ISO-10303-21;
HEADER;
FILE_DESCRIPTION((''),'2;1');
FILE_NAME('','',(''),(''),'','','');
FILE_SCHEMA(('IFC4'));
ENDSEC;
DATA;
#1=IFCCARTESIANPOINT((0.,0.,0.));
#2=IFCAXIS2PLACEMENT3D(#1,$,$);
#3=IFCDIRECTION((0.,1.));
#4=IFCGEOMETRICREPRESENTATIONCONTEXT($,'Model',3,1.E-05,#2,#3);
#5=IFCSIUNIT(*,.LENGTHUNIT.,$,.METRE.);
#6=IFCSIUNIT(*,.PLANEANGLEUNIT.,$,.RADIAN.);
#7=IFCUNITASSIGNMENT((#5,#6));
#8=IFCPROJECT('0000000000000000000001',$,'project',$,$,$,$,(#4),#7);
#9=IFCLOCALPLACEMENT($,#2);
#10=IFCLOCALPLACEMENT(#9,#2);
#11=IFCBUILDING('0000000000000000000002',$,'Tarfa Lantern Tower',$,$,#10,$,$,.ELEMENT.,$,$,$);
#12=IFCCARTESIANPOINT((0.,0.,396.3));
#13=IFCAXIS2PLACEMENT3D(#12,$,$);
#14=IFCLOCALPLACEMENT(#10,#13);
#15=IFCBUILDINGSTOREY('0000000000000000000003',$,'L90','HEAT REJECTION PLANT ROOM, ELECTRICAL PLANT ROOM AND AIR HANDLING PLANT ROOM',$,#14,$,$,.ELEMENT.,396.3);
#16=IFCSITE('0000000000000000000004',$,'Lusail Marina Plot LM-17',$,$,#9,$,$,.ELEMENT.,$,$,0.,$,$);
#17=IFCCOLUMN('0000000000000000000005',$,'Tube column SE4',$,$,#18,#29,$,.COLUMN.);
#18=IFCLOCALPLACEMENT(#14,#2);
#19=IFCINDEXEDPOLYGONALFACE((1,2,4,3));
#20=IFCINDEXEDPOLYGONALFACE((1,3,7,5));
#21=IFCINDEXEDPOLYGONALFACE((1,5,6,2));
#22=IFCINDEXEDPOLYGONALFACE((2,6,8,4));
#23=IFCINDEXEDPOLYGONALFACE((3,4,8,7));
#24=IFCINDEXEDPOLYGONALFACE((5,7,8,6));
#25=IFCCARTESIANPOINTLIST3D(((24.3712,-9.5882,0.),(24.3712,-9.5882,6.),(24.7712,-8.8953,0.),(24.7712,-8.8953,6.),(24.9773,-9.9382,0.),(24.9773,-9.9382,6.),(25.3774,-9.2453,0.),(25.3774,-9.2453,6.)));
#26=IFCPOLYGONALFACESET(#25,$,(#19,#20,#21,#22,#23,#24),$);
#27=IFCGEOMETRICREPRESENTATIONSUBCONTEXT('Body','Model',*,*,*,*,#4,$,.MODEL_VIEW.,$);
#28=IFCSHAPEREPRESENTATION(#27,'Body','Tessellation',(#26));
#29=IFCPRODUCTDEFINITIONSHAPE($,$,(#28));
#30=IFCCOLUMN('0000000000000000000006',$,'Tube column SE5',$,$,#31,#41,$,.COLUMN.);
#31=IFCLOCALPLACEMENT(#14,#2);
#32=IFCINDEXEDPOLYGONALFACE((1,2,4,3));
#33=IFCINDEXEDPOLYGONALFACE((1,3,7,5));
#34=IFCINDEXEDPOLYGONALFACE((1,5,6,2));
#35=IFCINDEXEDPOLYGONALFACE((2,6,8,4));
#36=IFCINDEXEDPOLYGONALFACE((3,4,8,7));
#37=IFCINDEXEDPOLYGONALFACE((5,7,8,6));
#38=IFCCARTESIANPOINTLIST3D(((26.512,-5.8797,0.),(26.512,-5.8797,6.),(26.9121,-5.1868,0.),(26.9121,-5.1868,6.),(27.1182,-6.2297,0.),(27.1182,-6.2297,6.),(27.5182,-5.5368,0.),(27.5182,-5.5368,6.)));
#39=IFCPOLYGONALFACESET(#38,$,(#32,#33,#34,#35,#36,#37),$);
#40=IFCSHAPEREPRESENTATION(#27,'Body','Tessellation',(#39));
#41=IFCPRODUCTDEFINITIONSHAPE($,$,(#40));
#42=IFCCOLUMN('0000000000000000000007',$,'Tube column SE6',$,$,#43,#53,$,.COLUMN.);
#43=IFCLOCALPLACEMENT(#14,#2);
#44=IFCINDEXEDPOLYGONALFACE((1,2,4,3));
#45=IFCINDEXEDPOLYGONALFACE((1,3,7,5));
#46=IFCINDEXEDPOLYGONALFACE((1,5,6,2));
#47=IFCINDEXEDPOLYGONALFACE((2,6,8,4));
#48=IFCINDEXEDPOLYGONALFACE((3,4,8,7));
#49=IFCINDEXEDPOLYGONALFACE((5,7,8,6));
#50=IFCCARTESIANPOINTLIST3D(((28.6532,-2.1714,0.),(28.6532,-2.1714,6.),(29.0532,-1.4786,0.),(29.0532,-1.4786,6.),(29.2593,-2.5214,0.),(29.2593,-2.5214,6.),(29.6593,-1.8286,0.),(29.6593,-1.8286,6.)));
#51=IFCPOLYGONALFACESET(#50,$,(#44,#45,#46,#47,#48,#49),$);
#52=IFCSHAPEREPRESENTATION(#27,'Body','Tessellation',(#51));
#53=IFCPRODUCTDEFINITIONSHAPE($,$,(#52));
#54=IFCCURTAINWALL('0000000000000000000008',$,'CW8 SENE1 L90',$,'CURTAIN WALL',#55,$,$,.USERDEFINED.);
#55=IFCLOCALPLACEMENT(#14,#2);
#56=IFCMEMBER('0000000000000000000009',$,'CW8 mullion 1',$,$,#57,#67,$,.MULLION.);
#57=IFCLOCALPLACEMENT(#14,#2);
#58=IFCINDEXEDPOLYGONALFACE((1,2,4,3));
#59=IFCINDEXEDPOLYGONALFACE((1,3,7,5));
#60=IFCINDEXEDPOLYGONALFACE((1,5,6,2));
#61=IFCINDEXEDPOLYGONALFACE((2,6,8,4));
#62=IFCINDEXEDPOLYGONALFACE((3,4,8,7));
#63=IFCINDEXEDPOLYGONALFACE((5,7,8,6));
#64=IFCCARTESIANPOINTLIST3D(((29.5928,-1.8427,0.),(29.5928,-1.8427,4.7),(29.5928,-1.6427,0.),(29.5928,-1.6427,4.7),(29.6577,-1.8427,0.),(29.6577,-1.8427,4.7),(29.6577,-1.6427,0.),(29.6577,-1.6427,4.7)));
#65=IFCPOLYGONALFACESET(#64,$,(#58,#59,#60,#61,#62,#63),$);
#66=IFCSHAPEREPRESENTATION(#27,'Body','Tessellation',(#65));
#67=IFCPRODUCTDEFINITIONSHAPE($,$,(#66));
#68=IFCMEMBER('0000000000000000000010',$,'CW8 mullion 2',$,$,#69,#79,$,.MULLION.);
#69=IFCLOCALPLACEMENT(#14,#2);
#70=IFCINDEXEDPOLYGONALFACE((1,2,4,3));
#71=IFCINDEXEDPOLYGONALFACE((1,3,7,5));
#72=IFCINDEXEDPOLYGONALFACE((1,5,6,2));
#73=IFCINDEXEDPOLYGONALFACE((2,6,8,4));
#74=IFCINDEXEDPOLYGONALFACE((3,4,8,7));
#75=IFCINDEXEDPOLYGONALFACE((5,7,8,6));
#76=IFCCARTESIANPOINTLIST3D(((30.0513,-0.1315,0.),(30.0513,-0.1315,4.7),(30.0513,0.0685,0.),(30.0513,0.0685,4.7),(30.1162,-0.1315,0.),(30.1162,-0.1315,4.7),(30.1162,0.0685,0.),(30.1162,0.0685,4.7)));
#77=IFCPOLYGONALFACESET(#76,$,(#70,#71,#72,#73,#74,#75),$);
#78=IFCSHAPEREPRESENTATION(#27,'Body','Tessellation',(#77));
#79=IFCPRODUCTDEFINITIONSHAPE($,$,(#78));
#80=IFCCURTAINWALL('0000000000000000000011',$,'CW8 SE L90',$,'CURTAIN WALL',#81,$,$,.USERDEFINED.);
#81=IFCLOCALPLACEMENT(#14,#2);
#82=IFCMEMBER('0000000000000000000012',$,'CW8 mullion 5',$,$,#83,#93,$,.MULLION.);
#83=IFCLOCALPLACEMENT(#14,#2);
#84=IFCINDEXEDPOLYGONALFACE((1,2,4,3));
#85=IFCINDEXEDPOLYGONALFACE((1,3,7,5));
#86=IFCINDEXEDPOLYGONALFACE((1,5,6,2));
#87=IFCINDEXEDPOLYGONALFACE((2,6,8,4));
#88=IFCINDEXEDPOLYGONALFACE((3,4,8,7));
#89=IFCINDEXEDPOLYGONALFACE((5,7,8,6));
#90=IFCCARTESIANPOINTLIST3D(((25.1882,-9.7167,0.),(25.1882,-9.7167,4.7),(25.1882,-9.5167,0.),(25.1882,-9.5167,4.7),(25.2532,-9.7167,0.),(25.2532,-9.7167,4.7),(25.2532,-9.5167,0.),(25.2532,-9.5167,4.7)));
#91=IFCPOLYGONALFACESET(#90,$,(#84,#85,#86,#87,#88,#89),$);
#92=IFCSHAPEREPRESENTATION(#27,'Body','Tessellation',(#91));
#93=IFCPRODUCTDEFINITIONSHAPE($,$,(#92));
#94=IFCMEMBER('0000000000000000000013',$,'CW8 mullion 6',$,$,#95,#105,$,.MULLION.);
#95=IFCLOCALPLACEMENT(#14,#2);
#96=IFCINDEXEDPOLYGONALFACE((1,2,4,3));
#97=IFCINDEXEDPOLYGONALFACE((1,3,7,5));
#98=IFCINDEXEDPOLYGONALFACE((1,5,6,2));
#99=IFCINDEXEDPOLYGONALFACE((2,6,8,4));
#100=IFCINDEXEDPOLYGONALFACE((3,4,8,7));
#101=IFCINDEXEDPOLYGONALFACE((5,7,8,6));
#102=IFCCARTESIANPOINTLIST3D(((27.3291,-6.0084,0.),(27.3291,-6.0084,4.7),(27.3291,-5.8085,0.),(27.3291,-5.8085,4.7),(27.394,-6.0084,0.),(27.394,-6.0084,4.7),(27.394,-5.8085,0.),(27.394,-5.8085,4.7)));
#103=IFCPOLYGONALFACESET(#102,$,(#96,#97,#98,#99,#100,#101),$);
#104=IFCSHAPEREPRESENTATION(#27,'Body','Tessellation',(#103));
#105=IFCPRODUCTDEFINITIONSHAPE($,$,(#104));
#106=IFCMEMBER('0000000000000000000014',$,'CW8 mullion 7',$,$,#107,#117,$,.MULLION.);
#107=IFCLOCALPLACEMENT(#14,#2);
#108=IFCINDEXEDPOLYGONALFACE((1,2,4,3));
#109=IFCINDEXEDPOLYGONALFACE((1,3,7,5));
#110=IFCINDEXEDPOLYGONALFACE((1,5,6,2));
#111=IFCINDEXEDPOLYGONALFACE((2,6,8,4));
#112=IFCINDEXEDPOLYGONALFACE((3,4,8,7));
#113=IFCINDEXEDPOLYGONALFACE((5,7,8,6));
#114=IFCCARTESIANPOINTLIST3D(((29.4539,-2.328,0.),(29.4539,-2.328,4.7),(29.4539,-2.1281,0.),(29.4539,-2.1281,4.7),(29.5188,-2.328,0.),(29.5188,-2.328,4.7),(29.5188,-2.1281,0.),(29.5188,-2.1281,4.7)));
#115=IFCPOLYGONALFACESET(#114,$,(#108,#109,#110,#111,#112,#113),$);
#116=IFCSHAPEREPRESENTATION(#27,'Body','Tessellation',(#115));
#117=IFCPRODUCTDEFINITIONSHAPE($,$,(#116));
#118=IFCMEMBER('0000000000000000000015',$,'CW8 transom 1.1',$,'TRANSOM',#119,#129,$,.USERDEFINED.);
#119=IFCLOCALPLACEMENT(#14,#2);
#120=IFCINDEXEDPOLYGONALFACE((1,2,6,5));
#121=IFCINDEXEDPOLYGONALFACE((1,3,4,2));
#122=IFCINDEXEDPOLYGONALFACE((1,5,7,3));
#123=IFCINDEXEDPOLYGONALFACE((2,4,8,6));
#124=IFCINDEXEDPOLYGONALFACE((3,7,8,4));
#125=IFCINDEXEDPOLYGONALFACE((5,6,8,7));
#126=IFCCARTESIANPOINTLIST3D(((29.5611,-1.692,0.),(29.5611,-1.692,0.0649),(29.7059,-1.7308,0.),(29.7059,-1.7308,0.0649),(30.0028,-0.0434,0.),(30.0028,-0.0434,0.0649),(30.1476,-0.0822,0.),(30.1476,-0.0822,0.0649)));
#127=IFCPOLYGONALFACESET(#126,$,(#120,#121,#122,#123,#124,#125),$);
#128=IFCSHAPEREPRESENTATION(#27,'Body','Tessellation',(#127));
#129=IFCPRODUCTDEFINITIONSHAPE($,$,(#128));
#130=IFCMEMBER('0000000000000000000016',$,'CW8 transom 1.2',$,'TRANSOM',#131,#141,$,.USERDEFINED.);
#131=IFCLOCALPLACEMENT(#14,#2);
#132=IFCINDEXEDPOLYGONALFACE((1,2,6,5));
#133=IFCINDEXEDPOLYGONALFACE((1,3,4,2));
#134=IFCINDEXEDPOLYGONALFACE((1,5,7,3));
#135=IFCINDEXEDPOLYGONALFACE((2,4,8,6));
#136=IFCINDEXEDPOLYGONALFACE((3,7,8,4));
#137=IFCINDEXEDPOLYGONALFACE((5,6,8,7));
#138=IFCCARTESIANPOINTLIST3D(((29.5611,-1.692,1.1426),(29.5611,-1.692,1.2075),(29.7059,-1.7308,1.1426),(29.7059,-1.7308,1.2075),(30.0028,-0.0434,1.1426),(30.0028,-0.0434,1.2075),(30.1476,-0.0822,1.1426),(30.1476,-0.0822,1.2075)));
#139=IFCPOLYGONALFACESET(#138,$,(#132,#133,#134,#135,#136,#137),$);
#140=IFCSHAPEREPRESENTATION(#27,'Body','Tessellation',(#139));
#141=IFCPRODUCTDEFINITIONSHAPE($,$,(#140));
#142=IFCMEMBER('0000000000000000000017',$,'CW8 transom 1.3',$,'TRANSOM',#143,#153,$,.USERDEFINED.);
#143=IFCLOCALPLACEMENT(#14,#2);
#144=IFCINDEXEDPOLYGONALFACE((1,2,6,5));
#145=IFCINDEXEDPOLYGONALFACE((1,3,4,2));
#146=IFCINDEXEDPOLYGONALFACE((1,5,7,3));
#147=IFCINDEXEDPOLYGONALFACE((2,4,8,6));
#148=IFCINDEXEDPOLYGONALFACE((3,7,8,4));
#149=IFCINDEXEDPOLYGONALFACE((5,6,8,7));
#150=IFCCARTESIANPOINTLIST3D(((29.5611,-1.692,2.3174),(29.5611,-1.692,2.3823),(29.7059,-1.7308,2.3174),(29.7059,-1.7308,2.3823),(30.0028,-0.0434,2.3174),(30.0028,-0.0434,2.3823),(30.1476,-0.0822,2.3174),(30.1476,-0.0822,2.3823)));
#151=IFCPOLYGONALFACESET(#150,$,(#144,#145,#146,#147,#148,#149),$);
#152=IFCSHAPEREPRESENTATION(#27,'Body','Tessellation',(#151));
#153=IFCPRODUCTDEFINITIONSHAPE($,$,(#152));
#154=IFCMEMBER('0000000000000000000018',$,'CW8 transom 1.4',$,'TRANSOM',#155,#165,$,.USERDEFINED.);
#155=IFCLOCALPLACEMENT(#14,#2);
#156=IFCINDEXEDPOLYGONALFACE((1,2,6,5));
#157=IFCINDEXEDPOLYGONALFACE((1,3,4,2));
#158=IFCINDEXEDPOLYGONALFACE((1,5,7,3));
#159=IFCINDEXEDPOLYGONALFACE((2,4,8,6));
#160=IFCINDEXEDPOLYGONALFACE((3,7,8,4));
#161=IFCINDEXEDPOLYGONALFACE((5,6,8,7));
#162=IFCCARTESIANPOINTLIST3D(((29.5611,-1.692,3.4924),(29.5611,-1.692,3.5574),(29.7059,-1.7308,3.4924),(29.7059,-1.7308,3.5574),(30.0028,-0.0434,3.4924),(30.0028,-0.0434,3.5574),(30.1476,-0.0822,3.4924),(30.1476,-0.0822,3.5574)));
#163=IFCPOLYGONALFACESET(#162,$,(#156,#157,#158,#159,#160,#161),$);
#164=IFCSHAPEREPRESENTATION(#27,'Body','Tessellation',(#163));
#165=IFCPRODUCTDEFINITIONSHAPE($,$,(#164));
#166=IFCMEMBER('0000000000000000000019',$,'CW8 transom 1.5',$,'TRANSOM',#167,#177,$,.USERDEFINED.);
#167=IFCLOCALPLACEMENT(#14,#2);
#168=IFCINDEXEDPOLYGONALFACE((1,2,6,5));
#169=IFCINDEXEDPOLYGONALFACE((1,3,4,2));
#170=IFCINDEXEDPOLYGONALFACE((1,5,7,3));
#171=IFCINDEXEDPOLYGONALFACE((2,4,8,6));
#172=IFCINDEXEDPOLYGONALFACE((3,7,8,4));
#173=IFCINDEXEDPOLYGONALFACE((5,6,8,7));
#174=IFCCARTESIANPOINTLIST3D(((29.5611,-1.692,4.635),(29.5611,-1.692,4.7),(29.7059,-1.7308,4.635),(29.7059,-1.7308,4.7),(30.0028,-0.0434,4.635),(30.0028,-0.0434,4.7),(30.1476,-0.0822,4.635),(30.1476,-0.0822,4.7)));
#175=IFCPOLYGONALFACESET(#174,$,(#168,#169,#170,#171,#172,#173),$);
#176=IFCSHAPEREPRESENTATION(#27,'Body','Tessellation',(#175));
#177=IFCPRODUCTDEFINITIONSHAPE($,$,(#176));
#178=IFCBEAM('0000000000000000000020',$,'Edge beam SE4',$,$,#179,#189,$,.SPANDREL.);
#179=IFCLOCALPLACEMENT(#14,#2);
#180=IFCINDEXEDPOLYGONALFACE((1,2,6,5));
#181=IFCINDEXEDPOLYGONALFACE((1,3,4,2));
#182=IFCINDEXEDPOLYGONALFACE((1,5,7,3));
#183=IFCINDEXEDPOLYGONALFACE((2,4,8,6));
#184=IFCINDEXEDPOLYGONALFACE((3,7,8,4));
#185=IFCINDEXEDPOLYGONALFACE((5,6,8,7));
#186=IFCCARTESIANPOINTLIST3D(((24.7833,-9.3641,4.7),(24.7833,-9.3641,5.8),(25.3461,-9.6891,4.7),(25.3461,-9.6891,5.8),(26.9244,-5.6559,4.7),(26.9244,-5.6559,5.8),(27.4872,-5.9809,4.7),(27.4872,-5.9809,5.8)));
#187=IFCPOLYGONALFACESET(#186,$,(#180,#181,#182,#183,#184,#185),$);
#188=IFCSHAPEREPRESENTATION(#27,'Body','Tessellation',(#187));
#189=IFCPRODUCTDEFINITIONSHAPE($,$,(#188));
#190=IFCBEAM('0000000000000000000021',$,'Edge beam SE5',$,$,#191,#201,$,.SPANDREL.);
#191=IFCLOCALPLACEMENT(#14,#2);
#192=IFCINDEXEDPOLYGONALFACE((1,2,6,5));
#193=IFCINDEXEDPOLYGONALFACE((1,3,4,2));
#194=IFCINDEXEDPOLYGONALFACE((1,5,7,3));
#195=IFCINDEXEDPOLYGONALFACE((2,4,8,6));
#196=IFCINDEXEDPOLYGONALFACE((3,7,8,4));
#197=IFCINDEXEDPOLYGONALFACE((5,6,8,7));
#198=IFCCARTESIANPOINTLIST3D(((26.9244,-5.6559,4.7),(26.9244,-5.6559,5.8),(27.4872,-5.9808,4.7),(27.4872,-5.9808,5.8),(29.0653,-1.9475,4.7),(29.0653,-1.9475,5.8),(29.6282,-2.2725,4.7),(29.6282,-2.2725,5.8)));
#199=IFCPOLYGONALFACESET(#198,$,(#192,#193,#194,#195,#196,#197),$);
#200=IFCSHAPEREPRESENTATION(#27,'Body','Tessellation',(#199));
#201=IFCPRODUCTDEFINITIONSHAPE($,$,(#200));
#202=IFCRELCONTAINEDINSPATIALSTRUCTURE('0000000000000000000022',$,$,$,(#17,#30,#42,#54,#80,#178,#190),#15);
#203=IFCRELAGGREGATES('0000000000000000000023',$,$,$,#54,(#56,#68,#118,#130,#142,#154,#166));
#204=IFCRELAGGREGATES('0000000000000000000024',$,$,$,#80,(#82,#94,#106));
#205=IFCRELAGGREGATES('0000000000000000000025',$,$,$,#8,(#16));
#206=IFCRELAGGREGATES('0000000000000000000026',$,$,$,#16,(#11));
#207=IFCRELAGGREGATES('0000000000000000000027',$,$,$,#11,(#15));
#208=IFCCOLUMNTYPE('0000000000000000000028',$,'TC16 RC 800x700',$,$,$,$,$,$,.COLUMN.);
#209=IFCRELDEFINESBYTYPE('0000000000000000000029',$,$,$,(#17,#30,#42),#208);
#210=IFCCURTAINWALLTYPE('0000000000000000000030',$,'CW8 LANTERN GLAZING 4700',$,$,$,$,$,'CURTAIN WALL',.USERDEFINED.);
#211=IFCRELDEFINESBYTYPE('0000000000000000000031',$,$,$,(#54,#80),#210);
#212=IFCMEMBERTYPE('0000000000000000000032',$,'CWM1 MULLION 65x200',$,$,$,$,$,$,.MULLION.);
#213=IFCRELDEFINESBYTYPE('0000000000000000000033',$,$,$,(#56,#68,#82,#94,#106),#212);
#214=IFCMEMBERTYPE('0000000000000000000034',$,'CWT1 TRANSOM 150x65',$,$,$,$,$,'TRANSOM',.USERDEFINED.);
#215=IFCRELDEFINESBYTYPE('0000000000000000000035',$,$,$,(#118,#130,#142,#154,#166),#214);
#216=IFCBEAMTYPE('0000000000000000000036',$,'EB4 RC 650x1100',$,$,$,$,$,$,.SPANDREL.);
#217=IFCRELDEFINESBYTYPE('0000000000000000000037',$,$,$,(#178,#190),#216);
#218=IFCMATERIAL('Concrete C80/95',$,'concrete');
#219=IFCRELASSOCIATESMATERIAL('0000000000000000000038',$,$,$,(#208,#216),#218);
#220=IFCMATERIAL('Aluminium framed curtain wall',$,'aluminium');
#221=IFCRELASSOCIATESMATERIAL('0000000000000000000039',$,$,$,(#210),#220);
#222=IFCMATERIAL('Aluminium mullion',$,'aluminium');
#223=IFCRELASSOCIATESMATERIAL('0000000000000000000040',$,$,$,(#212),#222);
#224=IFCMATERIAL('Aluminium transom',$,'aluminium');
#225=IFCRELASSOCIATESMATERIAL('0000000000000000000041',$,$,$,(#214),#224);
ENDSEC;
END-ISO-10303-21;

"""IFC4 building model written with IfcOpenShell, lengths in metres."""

from ifc_helpers import new_model, si_unit, direction, frame, origin, origin_2d, place, context, subcontext, project, spatial, rectangle, extrude, material, material_profile, profile_set, type_object, element, aggregate, save


model = new_model("IFC4")

# Units and contexts
model_context = context("Model", 3, precision=1e-05, world=origin(), true_north=direction((0.0, 1.0)))
body_context = subcontext(model_context, "Body", "Model", "MODEL_VIEW")
ifc_project = project(units=[si_unit("LENGTHUNIT", "METRE"), si_unit("PLANEANGLEUNIT", "RADIAN")], contexts=[model_context])

# Site, building, storey
site_placement = place(None, origin())
site = spatial("IfcSite", under=ifc_project, at=site_placement, Name="Lusail Marina Plot LM-17", CompositionType="ELEMENT", RefElevation=0.0)
building_placement = place(site_placement, origin())
building = spatial("IfcBuilding", under=site, at=building_placement, Name="Tarfa Lantern Tower", CompositionType="ELEMENT")
storey_placement = place(building_placement, frame((0.0, 0.0, 396.3)))
storey = spatial("IfcBuildingStorey", under=building, at=storey_placement, Name="L90", Description="HEAT REJECTION PLANT ROOM, ELECTRICAL PLANT ROOM AND AIR HANDLING PLANT ROOM", CompositionType="ELEMENT", Elevation=396.3)

# Columns
ifc_material_1 = material(Name="Concrete C80/95", Category="concrete")
ifc_material_profile_1 = material_profile(ifc_material_1, rectangle(XDim=0.8, YDim=0.7, at=origin_2d()), Name="RC 800x700")
ifc_profile_set_1 = profile_set([ifc_material_profile_1], Name="Concrete C80/95")
column_type = type_object("IfcColumnType", Name="TC16 RC 800x700", PredefinedType="COLUMN", material=ifc_profile_set_1)
for number, where, z_axis, x_axis, name in (
    (1, (24.8743, -9.4167, 0.0), (0.0, 0.0, 1.0), (0.5, 0.866025, 0.0), "Tube column SE4"),
    (2, (27.0151, -5.7083, 0.0), (0.0, 0.0, 1.0), (0.5, 0.866025, 0.0), "Tube column SE5"),
    (3, (29.1562, -2.0, 0.0), (0.0, 0.0, 1.0), (0.5, 0.866025, 0.0), "Tube column SE6"),
):
    element("IfcColumn", number, at=place(storey_placement, frame(where, z_axis=z_axis, x_axis=x_axis)), inside=storey, type_object=column_type, Name=name, PredefinedType="COLUMN", context=body_context, shape_type="SweptSolid", body=[
        extrude(rectangle(XDim=0.8, YDim=0.7, at=origin_2d()), origin(), (0.0, 0.0, 1.0), 6.0),
    ])

# Curtain walls, members
ifc_material_2 = material(Name="Aluminium framed curtain wall", Category="aluminium")
curtain_wall_type = type_object("IfcCurtainWallType", Name="CW8 LANTERN GLAZING 4700", ElementType="CURTAIN WALL", PredefinedType="USERDEFINED", material=ifc_material_2)
curtain_wall_1_placement = place(storey_placement, origin())
curtain_wall_1 = element("IfcCurtainWall", 4, at=curtain_wall_1_placement, inside=storey, type_object=curtain_wall_type, Name="CW8 SENE1 L90", ObjectType="CURTAIN WALL", PredefinedType="USERDEFINED")
ifc_material_3 = material(Name="Aluminium mullion", Category="aluminium")
ifc_material_profile_2 = material_profile(ifc_material_3, rectangle(XDim=0.0649, YDim=0.2, at=origin_2d()), Name="AL MULLION 65x200")
ifc_profile_set_2 = profile_set([ifc_material_profile_2], Name="Aluminium mullion")
member_type_1 = type_object("IfcMemberType", Name="CWM1 MULLION 65x200", PredefinedType="MULLION", material=ifc_profile_set_2)
member_1_placement = place(storey_placement, frame((29.6252, -1.7427, 0.0), z_axis=(0.0, 0.0, 1.0), x_axis=(1.0, 0.0, 0.0)))
member_1 = element("IfcMember", 5, at=member_1_placement, type_object=member_type_1, Name="CW8 mullion 1", PredefinedType="MULLION", context=body_context, shape_type="SweptSolid", body=[
    extrude(rectangle(XDim=0.0649, YDim=0.2, at=origin_2d()), origin(), (0.0, 0.0, 1.0), 4.7),
])
member_2_placement = place(storey_placement, frame((30.0837, -0.0315, 0.0), z_axis=(0.0, 0.0, 1.0), x_axis=(1.0, 0.0, 0.0)))
member_2 = element("IfcMember", 6, at=member_2_placement, type_object=member_type_1, Name="CW8 mullion 2", PredefinedType="MULLION", context=body_context, shape_type="SweptSolid", body=[
    extrude(rectangle(XDim=0.0649, YDim=0.2, at=origin_2d()), origin(), (0.0, 0.0, 1.0), 4.7),
])
curtain_wall_2_placement = place(storey_placement, origin())
curtain_wall_2 = element("IfcCurtainWall", 7, at=curtain_wall_2_placement, inside=storey, type_object=curtain_wall_type, Name="CW8 SE L90", ObjectType="CURTAIN WALL", PredefinedType="USERDEFINED")
member_3_placement = place(storey_placement, frame((25.2207, -9.6167, 0.0), z_axis=(0.0, 0.0, 1.0), x_axis=(1.0, 0.0, 0.0)))
member_3 = element("IfcMember", 8, at=member_3_placement, type_object=member_type_1, Name="CW8 mullion 5", PredefinedType="MULLION", context=body_context, shape_type="SweptSolid", body=[
    extrude(rectangle(XDim=0.0649, YDim=0.2, at=origin_2d()), origin(), (0.0, 0.0, 1.0), 4.7),
])
member_4_placement = place(storey_placement, frame((27.3616, -5.9084, 0.0), z_axis=(0.0, 0.0, 1.0), x_axis=(1.0, 0.0, 0.0)))
member_4 = element("IfcMember", 9, at=member_4_placement, type_object=member_type_1, Name="CW8 mullion 6", PredefinedType="MULLION", context=body_context, shape_type="SweptSolid", body=[
    extrude(rectangle(XDim=0.0649, YDim=0.2, at=origin_2d()), origin(), (0.0, 0.0, 1.0), 4.7),
])
member_5_placement = place(storey_placement, frame((29.4863, -2.228, 0.0), z_axis=(0.0, 0.0, 1.0), x_axis=(1.0, 0.0, 0.0)))
member_5 = element("IfcMember", 10, at=member_5_placement, type_object=member_type_1, Name="CW8 mullion 7", PredefinedType="MULLION", context=body_context, shape_type="SweptSolid", body=[
    extrude(rectangle(XDim=0.0649, YDim=0.2, at=origin_2d()), origin(), (0.0, 0.0, 1.0), 4.7),
])

# Members
ifc_material_4 = material(Name="Aluminium transom", Category="aluminium")
ifc_material_profile_3 = material_profile(ifc_material_4, rectangle(XDim=0.1499, YDim=0.0649, at=origin_2d()), Name="AL TRANSOM 150x65")
ifc_profile_set_3 = profile_set([ifc_material_profile_3], Name="Aluminium transom")
member_type_2 = type_object("IfcMemberType", Name="CWT1 TRANSOM 150x65", ElementType="TRANSOM", PredefinedType="USERDEFINED", material=ifc_profile_set_3)
member_6_placement = place(storey_placement, frame((29.6335, -1.7114, 0.0325), z_axis=(0.258758, 0.965942, 0.0), x_axis=(-0.965942, 0.258758, 0.0)))
member_6 = element("IfcMember", 11, at=member_6_placement, type_object=member_type_2, Name="CW8 transom 1.1", ObjectType="TRANSOM", PredefinedType="USERDEFINED", context=body_context, shape_type="SweptSolid", body=[
    extrude(rectangle(XDim=0.1499, YDim=0.0649, at=origin_2d()), origin(), (0.0, 0.0, 1.0), 1.7068),
])
member_7_placement = place(storey_placement, frame((29.6335, -1.7114, 1.175), z_axis=(0.258758, 0.965942, 0.0), x_axis=(-0.965942, 0.258758, 0.0)))
member_7 = element("IfcMember", 12, at=member_7_placement, type_object=member_type_2, Name="CW8 transom 1.2", ObjectType="TRANSOM", PredefinedType="USERDEFINED", context=body_context, shape_type="SweptSolid", body=[
    extrude(rectangle(XDim=0.1499, YDim=0.0649, at=origin_2d()), origin(), (0.0, 0.0, 1.0), 1.7068),
])
member_8_placement = place(storey_placement, frame((29.6335, -1.7114, 2.3499), z_axis=(0.258758, 0.965942, 0.0), x_axis=(-0.965942, 0.258758, 0.0)))
member_8 = element("IfcMember", 13, at=member_8_placement, type_object=member_type_2, Name="CW8 transom 1.3", ObjectType="TRANSOM", PredefinedType="USERDEFINED", context=body_context, shape_type="SweptSolid", body=[
    extrude(rectangle(XDim=0.1499, YDim=0.0649, at=origin_2d()), origin(), (0.0, 0.0, 1.0), 1.7068),
])
member_9_placement = place(storey_placement, frame((29.6335, -1.7114, 3.5249), z_axis=(0.258758, 0.965942, 0.0), x_axis=(-0.965942, 0.258758, 0.0)))
member_9 = element("IfcMember", 14, at=member_9_placement, type_object=member_type_2, Name="CW8 transom 1.4", ObjectType="TRANSOM", PredefinedType="USERDEFINED", context=body_context, shape_type="SweptSolid", body=[
    extrude(rectangle(XDim=0.1499, YDim=0.0649, at=origin_2d()), origin(), (0.0, 0.0, 1.0), 1.7068),
])
member_10_placement = place(storey_placement, frame((29.6335, -1.7114, 4.6675), z_axis=(0.258758, 0.965942, 0.0), x_axis=(-0.965942, 0.258758, 0.0)))
member_10 = element("IfcMember", 15, at=member_10_placement, type_object=member_type_2, Name="CW8 transom 1.5", ObjectType="TRANSOM", PredefinedType="USERDEFINED", context=body_context, shape_type="SweptSolid", body=[
    extrude(rectangle(XDim=0.1499, YDim=0.0649, at=origin_2d()), origin(), (0.0, 0.0, 1.0), 1.7068),
])

# Beams
ifc_material_profile_4 = material_profile(ifc_material_1, rectangle(XDim=0.6499, YDim=1.1001, at=origin_2d()), Name="RC 650x1100")
ifc_profile_set_4 = profile_set([ifc_material_profile_4], Name="Concrete C80/95")
beam_type_1 = type_object("IfcBeamType", Name="EB4 RC 650x1100", PredefinedType="SPANDREL", material=ifc_profile_set_4)
for number, where, z_axis, x_axis, name in (
    (16, (25.0647, -9.5266, 5.25), (0.500027, 0.86601, 0.0), (-0.86601, 0.500027, 0.0), "Edge beam SE4"),
    (17, (27.2058, -5.8184, 5.25), (0.499984, 0.866035, 0.0), (-0.866035, 0.499984, 0.0), "Edge beam SE5"),
):
    element("IfcBeam", number, at=place(storey_placement, frame(where, z_axis=z_axis, x_axis=x_axis)), inside=storey, type_object=beam_type_1, Name=name, PredefinedType="SPANDREL", context=body_context, shape_type="SweptSolid", body=[
        extrude(rectangle(XDim=0.6499, YDim=1.1001, at=origin_2d()), origin(), (0.0, 0.0, 1.0), 4.282),
    ])

aggregate(curtain_wall_1, [member_1, member_2, member_6, member_7, member_8, member_9, member_10])
aggregate(curtain_wall_2, [member_3, member_4, member_5])

save(model, "model.ifc")
